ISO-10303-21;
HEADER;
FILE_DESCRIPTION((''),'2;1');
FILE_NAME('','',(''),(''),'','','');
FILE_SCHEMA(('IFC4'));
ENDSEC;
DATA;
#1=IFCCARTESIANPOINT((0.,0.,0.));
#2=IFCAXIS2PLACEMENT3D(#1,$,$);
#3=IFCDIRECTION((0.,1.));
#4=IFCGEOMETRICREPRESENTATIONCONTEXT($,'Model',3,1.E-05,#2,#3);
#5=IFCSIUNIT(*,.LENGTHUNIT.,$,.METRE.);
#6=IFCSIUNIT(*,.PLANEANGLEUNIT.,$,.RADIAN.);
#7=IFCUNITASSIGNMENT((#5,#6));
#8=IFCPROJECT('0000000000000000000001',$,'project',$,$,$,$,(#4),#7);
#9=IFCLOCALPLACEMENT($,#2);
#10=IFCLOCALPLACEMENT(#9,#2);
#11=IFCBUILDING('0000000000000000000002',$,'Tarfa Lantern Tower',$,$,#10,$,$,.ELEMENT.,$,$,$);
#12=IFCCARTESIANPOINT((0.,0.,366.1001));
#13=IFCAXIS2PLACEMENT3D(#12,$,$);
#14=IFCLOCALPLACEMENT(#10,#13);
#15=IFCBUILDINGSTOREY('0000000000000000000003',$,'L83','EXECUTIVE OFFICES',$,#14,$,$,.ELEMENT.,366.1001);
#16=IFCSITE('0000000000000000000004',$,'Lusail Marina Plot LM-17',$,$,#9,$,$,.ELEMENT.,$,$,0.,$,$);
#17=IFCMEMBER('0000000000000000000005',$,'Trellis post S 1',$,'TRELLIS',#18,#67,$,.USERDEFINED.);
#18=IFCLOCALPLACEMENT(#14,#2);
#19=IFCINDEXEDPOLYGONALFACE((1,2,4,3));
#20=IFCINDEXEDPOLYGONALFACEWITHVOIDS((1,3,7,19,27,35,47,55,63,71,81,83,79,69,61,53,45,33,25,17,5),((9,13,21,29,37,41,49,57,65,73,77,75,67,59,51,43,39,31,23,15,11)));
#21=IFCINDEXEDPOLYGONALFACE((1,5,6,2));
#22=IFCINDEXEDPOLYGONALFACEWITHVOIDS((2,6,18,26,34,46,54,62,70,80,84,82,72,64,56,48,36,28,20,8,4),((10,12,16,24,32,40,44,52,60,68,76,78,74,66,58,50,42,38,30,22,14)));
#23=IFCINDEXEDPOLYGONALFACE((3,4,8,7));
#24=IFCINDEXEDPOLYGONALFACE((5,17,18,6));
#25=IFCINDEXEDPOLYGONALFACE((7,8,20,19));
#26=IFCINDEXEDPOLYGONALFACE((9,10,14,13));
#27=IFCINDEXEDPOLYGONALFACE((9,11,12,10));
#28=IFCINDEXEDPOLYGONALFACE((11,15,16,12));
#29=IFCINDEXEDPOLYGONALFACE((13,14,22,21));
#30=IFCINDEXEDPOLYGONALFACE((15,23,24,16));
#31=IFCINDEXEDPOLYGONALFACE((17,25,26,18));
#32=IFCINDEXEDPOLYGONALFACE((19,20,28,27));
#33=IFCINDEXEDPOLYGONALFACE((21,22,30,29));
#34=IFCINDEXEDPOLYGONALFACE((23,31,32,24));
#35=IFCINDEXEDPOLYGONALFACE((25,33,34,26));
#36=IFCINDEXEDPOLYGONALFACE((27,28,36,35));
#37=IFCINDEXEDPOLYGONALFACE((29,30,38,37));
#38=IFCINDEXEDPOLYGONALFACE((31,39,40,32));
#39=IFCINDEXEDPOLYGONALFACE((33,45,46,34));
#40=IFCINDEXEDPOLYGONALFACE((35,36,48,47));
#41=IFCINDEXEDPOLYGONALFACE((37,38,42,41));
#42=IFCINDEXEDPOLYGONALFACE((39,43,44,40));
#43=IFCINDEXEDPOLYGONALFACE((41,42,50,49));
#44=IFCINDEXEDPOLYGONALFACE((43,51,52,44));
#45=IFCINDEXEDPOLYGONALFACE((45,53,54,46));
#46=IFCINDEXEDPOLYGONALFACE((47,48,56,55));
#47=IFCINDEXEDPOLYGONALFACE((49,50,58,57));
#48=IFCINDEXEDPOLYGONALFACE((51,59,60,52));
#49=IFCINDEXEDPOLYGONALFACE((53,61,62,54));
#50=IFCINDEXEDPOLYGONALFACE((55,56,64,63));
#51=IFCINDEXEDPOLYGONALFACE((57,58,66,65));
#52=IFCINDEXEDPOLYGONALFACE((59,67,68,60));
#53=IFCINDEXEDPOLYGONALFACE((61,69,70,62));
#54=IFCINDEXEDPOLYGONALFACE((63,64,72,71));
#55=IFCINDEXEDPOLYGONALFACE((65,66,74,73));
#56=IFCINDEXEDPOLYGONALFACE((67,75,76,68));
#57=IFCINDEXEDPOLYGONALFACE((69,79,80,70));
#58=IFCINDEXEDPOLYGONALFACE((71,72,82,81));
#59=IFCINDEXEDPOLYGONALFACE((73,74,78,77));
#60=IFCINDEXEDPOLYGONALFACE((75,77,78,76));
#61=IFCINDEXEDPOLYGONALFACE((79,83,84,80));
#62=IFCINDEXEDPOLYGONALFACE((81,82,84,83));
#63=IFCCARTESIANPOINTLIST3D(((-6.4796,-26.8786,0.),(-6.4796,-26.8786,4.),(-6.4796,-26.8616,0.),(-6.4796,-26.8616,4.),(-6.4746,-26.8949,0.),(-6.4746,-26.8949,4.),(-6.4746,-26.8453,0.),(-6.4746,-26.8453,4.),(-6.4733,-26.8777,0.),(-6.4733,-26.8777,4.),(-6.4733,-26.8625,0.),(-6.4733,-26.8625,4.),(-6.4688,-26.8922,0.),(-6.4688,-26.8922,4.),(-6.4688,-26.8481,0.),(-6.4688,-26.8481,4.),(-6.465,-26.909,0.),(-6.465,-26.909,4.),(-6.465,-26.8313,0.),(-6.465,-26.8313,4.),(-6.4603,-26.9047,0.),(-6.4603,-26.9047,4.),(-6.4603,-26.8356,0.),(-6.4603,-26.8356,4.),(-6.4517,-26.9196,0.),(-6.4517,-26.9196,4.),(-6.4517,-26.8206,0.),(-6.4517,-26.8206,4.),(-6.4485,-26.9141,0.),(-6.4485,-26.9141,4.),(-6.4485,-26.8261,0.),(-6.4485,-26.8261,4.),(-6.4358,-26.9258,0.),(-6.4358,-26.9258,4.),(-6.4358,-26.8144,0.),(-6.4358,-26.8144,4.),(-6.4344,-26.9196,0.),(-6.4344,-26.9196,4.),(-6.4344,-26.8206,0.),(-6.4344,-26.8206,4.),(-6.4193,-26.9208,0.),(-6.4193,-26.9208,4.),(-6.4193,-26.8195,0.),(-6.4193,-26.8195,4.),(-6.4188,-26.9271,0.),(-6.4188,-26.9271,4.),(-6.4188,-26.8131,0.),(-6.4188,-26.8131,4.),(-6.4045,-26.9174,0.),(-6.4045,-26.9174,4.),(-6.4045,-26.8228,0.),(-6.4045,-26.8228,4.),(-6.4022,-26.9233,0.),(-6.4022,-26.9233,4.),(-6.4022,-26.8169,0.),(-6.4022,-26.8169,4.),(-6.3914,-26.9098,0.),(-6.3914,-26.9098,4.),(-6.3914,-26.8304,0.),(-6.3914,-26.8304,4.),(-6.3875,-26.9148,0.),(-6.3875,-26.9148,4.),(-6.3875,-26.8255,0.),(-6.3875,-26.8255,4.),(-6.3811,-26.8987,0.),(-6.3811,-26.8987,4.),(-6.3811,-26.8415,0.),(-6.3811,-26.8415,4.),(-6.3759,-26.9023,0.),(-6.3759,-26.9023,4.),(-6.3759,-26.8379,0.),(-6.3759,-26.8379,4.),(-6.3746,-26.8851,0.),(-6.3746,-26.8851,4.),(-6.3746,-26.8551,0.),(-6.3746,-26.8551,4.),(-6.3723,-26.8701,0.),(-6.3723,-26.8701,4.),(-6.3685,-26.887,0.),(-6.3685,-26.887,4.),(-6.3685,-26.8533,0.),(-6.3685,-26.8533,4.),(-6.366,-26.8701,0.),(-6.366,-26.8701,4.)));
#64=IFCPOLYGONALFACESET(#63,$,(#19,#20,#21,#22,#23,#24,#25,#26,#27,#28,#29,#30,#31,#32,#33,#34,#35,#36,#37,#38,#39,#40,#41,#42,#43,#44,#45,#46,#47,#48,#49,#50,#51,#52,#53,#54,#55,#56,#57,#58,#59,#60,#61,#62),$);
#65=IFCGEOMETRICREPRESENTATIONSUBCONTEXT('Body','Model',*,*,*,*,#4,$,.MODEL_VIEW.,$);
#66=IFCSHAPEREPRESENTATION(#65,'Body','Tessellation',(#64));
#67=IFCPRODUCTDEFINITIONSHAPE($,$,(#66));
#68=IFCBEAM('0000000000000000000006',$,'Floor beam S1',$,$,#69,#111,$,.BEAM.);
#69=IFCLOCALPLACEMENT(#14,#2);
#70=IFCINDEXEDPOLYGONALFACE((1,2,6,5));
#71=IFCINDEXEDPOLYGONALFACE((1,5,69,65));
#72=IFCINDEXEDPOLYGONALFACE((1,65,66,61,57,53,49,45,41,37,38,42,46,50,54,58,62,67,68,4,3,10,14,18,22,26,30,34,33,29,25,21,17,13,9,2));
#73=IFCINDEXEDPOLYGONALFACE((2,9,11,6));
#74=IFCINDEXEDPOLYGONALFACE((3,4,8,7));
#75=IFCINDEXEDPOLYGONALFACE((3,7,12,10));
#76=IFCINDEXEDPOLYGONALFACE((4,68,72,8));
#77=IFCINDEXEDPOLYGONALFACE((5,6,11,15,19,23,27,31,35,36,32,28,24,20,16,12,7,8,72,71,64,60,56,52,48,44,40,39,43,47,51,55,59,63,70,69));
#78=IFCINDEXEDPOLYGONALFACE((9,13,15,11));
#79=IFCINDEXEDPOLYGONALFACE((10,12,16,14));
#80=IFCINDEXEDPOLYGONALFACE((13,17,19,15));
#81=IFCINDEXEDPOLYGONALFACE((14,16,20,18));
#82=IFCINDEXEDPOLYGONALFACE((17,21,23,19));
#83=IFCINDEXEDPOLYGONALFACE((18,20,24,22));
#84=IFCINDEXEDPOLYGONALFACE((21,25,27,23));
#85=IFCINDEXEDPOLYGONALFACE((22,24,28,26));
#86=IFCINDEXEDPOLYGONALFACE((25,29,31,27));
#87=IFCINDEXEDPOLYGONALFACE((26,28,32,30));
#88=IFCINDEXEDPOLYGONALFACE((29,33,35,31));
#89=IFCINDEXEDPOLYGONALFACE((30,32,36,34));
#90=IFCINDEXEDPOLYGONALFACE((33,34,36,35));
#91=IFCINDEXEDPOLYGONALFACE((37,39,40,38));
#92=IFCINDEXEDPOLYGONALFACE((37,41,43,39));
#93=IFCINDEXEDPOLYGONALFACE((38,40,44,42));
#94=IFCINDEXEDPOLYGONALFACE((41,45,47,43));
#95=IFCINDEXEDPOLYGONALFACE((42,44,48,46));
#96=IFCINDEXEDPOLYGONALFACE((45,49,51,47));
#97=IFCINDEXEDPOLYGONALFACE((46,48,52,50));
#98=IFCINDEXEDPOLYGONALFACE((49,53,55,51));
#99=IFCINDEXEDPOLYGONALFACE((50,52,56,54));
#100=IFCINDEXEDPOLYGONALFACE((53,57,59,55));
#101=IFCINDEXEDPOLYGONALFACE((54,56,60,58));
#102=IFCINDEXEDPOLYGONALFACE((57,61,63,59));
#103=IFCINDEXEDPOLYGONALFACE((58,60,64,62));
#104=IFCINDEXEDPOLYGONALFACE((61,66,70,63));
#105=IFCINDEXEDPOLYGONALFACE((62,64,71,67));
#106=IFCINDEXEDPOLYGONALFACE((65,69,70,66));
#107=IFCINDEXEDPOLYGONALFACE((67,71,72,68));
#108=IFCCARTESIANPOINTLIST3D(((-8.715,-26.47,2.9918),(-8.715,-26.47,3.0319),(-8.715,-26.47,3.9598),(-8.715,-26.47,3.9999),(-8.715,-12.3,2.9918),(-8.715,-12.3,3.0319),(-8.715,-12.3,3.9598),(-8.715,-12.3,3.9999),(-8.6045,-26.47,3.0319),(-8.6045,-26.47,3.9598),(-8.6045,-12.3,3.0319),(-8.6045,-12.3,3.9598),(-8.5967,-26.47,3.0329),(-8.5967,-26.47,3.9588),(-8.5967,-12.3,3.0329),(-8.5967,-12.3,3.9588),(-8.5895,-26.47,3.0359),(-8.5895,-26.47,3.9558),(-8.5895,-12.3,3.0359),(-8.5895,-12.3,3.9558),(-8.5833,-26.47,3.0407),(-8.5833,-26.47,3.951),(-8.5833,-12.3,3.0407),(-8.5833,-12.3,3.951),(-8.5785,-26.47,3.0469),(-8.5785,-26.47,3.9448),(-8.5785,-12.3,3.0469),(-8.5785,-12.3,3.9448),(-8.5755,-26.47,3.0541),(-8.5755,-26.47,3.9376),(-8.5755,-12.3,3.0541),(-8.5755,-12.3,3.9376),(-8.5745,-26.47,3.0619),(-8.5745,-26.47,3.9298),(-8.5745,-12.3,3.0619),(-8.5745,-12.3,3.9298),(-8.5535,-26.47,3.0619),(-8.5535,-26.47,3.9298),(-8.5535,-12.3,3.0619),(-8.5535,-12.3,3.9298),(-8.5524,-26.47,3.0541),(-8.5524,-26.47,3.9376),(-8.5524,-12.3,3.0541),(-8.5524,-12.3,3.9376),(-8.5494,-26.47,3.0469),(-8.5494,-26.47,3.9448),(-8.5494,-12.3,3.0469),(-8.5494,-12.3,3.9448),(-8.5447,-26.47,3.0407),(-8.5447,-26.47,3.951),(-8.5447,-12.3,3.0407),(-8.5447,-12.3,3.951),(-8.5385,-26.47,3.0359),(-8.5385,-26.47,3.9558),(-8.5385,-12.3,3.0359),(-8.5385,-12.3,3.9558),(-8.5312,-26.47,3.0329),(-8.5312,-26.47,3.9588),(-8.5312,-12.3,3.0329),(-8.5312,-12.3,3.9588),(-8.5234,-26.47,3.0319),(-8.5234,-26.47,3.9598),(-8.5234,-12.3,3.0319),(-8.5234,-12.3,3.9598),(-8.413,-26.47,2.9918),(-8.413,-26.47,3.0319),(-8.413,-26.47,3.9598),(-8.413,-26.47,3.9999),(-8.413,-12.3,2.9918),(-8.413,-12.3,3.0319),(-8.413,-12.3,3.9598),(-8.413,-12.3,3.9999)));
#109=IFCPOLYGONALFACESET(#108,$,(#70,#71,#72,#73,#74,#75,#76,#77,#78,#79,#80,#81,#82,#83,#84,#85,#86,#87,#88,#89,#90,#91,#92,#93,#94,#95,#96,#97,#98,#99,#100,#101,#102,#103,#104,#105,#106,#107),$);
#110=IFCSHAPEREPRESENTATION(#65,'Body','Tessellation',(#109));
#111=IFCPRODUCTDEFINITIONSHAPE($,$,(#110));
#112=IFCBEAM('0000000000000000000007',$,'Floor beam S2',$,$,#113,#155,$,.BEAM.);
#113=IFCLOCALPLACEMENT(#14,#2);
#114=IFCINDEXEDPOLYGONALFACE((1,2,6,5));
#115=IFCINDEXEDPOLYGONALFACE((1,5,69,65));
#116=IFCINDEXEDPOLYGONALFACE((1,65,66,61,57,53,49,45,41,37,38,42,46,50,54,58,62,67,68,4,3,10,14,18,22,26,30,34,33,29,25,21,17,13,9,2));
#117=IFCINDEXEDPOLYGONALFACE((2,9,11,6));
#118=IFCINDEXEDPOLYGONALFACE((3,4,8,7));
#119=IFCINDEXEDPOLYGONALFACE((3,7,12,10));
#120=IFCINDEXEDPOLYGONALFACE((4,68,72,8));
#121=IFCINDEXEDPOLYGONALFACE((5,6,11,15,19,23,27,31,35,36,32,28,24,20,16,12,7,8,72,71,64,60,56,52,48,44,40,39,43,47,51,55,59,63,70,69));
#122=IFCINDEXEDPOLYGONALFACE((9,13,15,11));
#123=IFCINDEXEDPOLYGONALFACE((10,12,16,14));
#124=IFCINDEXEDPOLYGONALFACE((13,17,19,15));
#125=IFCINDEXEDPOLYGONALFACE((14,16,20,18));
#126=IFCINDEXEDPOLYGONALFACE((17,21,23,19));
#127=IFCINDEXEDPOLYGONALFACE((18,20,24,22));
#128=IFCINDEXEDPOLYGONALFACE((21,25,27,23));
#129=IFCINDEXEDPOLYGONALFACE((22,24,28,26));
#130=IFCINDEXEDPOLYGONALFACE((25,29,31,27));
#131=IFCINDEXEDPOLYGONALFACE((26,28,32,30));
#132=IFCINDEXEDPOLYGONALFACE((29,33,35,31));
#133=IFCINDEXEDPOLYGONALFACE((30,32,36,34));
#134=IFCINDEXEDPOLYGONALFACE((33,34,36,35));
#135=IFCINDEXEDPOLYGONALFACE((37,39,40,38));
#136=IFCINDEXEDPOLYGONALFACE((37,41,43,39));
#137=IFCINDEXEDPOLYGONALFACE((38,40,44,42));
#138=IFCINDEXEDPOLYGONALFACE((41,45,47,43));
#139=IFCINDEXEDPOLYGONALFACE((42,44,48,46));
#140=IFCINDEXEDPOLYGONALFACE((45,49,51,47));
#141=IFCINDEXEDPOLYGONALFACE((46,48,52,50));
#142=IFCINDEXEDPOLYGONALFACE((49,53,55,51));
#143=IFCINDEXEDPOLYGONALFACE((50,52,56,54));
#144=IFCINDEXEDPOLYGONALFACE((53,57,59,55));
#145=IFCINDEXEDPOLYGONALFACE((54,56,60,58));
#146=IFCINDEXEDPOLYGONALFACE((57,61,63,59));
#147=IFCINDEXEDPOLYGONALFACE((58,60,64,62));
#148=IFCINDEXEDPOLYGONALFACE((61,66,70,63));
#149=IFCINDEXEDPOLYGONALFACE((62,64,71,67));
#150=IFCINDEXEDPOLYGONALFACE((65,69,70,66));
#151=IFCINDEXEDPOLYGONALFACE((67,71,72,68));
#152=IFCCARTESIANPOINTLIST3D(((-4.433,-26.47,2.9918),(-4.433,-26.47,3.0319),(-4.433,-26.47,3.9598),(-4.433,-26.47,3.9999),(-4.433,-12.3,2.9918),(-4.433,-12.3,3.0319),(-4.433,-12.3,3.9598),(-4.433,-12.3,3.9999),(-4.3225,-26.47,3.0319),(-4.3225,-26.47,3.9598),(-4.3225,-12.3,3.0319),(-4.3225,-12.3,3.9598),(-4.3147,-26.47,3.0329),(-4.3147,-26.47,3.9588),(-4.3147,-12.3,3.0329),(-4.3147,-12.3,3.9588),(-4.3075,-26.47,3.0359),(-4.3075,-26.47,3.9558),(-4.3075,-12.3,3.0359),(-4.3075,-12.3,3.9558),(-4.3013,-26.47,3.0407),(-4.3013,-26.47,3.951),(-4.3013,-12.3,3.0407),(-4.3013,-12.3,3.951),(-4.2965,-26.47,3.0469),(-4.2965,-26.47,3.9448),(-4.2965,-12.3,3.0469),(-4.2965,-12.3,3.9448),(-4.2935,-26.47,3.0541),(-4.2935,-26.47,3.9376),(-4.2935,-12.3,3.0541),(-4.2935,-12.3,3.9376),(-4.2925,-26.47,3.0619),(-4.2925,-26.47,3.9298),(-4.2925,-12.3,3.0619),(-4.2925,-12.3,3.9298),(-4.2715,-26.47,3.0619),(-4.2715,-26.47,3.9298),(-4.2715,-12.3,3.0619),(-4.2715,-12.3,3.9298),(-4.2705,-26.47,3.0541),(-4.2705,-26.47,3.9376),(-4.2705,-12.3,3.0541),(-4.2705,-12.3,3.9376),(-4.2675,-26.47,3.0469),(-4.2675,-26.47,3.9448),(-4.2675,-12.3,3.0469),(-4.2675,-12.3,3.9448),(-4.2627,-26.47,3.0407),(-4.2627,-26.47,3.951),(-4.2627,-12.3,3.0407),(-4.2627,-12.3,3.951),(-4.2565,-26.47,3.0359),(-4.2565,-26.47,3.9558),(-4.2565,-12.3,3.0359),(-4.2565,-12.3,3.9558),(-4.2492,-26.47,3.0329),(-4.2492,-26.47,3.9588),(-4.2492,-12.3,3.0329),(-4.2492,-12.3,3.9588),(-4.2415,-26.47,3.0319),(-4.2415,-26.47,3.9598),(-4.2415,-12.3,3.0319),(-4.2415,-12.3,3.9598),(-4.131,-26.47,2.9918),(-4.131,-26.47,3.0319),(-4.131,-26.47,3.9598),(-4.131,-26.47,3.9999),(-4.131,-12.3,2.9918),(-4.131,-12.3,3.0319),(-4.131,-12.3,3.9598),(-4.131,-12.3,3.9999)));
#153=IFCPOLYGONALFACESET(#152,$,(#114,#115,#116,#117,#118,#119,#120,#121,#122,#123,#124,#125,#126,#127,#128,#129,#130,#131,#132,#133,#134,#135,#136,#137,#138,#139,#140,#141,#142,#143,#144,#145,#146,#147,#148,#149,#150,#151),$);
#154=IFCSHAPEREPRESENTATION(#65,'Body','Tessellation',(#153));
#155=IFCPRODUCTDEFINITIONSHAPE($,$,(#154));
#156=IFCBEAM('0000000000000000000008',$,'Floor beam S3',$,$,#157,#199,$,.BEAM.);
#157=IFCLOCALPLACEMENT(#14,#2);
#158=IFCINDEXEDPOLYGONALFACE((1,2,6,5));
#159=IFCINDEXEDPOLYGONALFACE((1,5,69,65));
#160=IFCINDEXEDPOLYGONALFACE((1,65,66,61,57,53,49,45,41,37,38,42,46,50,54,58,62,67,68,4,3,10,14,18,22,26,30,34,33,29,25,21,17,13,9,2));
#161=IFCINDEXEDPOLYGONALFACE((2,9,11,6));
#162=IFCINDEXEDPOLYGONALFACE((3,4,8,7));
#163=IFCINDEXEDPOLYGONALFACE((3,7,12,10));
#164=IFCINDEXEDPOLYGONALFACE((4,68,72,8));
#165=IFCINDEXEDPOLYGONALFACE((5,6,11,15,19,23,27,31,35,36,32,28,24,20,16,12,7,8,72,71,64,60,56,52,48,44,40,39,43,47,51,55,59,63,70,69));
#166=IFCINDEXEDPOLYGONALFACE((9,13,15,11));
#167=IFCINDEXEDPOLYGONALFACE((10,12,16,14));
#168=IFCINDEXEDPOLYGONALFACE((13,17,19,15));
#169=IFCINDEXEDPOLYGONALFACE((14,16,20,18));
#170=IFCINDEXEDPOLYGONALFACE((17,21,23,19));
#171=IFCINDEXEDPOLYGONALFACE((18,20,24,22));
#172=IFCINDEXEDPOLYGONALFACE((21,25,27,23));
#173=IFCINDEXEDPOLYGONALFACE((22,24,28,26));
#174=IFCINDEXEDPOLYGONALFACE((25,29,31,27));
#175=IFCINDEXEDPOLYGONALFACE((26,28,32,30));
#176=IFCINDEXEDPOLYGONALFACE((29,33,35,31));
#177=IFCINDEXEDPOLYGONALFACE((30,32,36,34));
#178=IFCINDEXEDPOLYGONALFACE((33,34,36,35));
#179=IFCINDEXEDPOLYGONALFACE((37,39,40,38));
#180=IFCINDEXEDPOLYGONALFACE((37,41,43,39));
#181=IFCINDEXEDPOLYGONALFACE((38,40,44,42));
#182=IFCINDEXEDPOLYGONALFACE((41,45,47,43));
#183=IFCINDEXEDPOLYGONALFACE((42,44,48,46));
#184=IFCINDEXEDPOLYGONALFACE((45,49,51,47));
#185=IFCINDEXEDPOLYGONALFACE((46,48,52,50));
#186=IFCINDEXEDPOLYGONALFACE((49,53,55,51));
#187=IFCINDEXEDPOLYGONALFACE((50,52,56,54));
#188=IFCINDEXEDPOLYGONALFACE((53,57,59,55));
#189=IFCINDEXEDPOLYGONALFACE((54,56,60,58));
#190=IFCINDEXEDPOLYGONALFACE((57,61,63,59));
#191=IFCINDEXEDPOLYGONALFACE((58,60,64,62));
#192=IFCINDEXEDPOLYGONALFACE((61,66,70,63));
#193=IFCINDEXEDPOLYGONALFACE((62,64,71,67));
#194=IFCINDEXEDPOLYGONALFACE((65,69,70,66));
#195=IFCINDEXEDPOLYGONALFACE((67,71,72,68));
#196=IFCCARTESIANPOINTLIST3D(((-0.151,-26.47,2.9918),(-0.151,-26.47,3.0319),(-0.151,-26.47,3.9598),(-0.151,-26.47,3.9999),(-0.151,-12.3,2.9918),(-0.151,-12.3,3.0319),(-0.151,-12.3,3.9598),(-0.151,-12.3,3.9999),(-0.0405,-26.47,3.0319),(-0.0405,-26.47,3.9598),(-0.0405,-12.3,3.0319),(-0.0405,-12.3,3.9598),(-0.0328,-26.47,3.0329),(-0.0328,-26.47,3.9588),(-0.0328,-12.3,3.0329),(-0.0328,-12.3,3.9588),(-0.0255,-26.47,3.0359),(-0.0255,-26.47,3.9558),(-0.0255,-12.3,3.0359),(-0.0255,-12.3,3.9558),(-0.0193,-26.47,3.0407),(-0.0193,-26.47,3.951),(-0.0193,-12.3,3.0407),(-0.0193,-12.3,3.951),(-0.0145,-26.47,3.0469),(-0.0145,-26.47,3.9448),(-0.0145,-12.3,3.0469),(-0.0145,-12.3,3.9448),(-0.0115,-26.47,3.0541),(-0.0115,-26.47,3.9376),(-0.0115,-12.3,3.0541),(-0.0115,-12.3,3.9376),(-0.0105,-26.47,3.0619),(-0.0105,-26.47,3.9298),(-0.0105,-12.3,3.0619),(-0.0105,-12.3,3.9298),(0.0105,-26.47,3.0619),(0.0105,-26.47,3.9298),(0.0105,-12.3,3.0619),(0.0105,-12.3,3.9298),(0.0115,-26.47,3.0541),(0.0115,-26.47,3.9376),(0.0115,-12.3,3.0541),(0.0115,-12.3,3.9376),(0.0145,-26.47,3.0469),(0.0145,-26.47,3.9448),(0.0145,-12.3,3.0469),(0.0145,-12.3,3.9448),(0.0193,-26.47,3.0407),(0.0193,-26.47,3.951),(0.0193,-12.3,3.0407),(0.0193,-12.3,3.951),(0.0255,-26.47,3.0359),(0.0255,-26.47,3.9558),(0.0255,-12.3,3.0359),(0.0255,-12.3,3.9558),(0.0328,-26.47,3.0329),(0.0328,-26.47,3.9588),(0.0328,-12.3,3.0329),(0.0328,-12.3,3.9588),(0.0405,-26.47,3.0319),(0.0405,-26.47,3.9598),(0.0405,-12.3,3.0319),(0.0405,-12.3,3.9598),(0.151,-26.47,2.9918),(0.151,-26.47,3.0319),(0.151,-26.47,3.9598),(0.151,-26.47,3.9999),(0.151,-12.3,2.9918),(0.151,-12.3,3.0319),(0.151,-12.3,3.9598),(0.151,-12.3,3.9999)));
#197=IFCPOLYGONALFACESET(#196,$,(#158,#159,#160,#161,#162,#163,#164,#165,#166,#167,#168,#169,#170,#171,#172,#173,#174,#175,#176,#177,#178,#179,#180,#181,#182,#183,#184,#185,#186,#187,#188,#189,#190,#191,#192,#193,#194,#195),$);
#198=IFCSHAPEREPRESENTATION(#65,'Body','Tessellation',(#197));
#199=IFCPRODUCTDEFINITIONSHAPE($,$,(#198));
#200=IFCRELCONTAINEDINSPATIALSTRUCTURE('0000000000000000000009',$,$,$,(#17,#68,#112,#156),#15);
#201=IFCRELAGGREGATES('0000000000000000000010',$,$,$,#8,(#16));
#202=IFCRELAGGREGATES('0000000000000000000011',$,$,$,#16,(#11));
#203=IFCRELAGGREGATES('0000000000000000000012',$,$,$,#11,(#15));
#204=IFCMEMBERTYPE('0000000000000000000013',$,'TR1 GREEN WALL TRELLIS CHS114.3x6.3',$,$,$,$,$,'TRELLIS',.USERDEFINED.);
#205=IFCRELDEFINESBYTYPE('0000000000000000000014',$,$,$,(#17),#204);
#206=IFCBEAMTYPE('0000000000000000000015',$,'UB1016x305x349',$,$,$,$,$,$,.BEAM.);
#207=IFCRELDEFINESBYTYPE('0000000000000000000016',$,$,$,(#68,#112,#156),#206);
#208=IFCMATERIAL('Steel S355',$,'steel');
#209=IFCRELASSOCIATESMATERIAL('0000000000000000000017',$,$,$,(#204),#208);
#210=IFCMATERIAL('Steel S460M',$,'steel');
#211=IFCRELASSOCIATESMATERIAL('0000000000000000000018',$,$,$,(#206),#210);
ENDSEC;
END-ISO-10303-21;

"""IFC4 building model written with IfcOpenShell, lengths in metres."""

from ifc_helpers import new_model, si_unit, direction, frame, origin, origin_2d, place, context, subcontext, project, spatial, hollow_circle, i_section, extrude, material, material_profile, profile_set, type_object, element, save


model = new_model("IFC4")

# Units and contexts
model_context = context("Model", 3, precision=1e-05, world=origin(), true_north=direction((0.0, 1.0)))
body_context = subcontext(model_context, "Body", "Model", "MODEL_VIEW")
ifc_project = project(units=[si_unit("LENGTHUNIT", "METRE"), si_unit("PLANEANGLEUNIT", "RADIAN")], contexts=[model_context])

# Site, building, storey
site_placement = place(None, origin())
site = spatial("IfcSite", under=ifc_project, at=site_placement, Name="Lusail Marina Plot LM-17", CompositionType="ELEMENT", RefElevation=0.0)
building_placement = place(site_placement, origin())
building = spatial("IfcBuilding", under=site, at=building_placement, Name="Tarfa Lantern Tower", CompositionType="ELEMENT")
storey_placement = place(building_placement, frame((0.0, 0.0, 366.1001)))
storey = spatial("IfcBuildingStorey", under=building, at=storey_placement, Name="L83", Description="EXECUTIVE OFFICES", CompositionType="ELEMENT", Elevation=366.1001)

# Member
ifc_material_1 = material(Name="Steel S355", Category="steel")
ifc_material_profile_1 = material_profile(ifc_material_1, hollow_circle(Radius=0.0571, WallThickness=0.0063, at=origin_2d()), Name="CHS114.3x6.3")
ifc_profile_set_1 = profile_set([ifc_material_profile_1], Name="Steel S355")
member_type_1 = type_object("IfcMemberType", Name="TR1 GREEN WALL TRELLIS CHS114.3x6.3", ElementType="TRELLIS", PredefinedType="USERDEFINED", material=ifc_profile_set_1)
member_1_placement = place(storey_placement, frame((-6.4231, -26.8701, 0.0), z_axis=(0.0, 0.0, 1.0), x_axis=(1.0, 0.0, 0.0)))
element("IfcMember", 1, at=member_1_placement, inside=storey, type_object=member_type_1, Name="Trellis post S 1", ObjectType="TRELLIS", PredefinedType="USERDEFINED", context=body_context, shape_type="SweptSolid", body=[
    extrude(hollow_circle(Radius=0.0571, WallThickness=0.0063, at=origin_2d()), origin(), (0.0, 0.0, 1.0), 4.0),
])

# Beams
ifc_material_2 = material(Name="Steel S460M", Category="steel")
ifc_material_profile_2 = material_profile(ifc_material_2, i_section(OverallWidth=0.302, OverallDepth=1.0081, WebThickness=0.021, FlangeThickness=0.04, FilletRadius=0.03, at=origin_2d()), Name="UB1016x305x349")
ifc_profile_set_2 = profile_set([ifc_material_profile_2], Name="Steel S460M")
beam_type_1 = type_object("IfcBeamType", Name="UB1016x305x349", PredefinedType="BEAM", material=ifc_profile_set_2)
for number, where, z_axis, x_axis, name in (
    (2, (-8.564, -26.47, 3.4958), (0.0, 1.0, 0.0), (-1.0, 0.0, 0.0), "Floor beam S1"),
    (3, (-4.282, -26.47, 3.4958), (0.0, 1.0, 0.0), (-1.0, 0.0, 0.0), "Floor beam S2"),
    (4, (0.0, -26.47, 3.4958), (0.0, 1.0, 0.0), (-1.0, 0.0, 0.0), "Floor beam S3"),
):
    element("IfcBeam", number, at=place(storey_placement, frame(where, z_axis=z_axis, x_axis=x_axis)), inside=storey, type_object=beam_type_1, Name=name, PredefinedType="BEAM", context=body_context, shape_type="SweptSolid", body=[
        extrude(i_section(OverallWidth=0.302, OverallDepth=1.0081, WebThickness=0.021, FlangeThickness=0.04, FilletRadius=0.03, at=origin_2d()), origin(), (0.0, 0.0, 1.0), 14.1699),
    ])

save(model, "model.ifc")
